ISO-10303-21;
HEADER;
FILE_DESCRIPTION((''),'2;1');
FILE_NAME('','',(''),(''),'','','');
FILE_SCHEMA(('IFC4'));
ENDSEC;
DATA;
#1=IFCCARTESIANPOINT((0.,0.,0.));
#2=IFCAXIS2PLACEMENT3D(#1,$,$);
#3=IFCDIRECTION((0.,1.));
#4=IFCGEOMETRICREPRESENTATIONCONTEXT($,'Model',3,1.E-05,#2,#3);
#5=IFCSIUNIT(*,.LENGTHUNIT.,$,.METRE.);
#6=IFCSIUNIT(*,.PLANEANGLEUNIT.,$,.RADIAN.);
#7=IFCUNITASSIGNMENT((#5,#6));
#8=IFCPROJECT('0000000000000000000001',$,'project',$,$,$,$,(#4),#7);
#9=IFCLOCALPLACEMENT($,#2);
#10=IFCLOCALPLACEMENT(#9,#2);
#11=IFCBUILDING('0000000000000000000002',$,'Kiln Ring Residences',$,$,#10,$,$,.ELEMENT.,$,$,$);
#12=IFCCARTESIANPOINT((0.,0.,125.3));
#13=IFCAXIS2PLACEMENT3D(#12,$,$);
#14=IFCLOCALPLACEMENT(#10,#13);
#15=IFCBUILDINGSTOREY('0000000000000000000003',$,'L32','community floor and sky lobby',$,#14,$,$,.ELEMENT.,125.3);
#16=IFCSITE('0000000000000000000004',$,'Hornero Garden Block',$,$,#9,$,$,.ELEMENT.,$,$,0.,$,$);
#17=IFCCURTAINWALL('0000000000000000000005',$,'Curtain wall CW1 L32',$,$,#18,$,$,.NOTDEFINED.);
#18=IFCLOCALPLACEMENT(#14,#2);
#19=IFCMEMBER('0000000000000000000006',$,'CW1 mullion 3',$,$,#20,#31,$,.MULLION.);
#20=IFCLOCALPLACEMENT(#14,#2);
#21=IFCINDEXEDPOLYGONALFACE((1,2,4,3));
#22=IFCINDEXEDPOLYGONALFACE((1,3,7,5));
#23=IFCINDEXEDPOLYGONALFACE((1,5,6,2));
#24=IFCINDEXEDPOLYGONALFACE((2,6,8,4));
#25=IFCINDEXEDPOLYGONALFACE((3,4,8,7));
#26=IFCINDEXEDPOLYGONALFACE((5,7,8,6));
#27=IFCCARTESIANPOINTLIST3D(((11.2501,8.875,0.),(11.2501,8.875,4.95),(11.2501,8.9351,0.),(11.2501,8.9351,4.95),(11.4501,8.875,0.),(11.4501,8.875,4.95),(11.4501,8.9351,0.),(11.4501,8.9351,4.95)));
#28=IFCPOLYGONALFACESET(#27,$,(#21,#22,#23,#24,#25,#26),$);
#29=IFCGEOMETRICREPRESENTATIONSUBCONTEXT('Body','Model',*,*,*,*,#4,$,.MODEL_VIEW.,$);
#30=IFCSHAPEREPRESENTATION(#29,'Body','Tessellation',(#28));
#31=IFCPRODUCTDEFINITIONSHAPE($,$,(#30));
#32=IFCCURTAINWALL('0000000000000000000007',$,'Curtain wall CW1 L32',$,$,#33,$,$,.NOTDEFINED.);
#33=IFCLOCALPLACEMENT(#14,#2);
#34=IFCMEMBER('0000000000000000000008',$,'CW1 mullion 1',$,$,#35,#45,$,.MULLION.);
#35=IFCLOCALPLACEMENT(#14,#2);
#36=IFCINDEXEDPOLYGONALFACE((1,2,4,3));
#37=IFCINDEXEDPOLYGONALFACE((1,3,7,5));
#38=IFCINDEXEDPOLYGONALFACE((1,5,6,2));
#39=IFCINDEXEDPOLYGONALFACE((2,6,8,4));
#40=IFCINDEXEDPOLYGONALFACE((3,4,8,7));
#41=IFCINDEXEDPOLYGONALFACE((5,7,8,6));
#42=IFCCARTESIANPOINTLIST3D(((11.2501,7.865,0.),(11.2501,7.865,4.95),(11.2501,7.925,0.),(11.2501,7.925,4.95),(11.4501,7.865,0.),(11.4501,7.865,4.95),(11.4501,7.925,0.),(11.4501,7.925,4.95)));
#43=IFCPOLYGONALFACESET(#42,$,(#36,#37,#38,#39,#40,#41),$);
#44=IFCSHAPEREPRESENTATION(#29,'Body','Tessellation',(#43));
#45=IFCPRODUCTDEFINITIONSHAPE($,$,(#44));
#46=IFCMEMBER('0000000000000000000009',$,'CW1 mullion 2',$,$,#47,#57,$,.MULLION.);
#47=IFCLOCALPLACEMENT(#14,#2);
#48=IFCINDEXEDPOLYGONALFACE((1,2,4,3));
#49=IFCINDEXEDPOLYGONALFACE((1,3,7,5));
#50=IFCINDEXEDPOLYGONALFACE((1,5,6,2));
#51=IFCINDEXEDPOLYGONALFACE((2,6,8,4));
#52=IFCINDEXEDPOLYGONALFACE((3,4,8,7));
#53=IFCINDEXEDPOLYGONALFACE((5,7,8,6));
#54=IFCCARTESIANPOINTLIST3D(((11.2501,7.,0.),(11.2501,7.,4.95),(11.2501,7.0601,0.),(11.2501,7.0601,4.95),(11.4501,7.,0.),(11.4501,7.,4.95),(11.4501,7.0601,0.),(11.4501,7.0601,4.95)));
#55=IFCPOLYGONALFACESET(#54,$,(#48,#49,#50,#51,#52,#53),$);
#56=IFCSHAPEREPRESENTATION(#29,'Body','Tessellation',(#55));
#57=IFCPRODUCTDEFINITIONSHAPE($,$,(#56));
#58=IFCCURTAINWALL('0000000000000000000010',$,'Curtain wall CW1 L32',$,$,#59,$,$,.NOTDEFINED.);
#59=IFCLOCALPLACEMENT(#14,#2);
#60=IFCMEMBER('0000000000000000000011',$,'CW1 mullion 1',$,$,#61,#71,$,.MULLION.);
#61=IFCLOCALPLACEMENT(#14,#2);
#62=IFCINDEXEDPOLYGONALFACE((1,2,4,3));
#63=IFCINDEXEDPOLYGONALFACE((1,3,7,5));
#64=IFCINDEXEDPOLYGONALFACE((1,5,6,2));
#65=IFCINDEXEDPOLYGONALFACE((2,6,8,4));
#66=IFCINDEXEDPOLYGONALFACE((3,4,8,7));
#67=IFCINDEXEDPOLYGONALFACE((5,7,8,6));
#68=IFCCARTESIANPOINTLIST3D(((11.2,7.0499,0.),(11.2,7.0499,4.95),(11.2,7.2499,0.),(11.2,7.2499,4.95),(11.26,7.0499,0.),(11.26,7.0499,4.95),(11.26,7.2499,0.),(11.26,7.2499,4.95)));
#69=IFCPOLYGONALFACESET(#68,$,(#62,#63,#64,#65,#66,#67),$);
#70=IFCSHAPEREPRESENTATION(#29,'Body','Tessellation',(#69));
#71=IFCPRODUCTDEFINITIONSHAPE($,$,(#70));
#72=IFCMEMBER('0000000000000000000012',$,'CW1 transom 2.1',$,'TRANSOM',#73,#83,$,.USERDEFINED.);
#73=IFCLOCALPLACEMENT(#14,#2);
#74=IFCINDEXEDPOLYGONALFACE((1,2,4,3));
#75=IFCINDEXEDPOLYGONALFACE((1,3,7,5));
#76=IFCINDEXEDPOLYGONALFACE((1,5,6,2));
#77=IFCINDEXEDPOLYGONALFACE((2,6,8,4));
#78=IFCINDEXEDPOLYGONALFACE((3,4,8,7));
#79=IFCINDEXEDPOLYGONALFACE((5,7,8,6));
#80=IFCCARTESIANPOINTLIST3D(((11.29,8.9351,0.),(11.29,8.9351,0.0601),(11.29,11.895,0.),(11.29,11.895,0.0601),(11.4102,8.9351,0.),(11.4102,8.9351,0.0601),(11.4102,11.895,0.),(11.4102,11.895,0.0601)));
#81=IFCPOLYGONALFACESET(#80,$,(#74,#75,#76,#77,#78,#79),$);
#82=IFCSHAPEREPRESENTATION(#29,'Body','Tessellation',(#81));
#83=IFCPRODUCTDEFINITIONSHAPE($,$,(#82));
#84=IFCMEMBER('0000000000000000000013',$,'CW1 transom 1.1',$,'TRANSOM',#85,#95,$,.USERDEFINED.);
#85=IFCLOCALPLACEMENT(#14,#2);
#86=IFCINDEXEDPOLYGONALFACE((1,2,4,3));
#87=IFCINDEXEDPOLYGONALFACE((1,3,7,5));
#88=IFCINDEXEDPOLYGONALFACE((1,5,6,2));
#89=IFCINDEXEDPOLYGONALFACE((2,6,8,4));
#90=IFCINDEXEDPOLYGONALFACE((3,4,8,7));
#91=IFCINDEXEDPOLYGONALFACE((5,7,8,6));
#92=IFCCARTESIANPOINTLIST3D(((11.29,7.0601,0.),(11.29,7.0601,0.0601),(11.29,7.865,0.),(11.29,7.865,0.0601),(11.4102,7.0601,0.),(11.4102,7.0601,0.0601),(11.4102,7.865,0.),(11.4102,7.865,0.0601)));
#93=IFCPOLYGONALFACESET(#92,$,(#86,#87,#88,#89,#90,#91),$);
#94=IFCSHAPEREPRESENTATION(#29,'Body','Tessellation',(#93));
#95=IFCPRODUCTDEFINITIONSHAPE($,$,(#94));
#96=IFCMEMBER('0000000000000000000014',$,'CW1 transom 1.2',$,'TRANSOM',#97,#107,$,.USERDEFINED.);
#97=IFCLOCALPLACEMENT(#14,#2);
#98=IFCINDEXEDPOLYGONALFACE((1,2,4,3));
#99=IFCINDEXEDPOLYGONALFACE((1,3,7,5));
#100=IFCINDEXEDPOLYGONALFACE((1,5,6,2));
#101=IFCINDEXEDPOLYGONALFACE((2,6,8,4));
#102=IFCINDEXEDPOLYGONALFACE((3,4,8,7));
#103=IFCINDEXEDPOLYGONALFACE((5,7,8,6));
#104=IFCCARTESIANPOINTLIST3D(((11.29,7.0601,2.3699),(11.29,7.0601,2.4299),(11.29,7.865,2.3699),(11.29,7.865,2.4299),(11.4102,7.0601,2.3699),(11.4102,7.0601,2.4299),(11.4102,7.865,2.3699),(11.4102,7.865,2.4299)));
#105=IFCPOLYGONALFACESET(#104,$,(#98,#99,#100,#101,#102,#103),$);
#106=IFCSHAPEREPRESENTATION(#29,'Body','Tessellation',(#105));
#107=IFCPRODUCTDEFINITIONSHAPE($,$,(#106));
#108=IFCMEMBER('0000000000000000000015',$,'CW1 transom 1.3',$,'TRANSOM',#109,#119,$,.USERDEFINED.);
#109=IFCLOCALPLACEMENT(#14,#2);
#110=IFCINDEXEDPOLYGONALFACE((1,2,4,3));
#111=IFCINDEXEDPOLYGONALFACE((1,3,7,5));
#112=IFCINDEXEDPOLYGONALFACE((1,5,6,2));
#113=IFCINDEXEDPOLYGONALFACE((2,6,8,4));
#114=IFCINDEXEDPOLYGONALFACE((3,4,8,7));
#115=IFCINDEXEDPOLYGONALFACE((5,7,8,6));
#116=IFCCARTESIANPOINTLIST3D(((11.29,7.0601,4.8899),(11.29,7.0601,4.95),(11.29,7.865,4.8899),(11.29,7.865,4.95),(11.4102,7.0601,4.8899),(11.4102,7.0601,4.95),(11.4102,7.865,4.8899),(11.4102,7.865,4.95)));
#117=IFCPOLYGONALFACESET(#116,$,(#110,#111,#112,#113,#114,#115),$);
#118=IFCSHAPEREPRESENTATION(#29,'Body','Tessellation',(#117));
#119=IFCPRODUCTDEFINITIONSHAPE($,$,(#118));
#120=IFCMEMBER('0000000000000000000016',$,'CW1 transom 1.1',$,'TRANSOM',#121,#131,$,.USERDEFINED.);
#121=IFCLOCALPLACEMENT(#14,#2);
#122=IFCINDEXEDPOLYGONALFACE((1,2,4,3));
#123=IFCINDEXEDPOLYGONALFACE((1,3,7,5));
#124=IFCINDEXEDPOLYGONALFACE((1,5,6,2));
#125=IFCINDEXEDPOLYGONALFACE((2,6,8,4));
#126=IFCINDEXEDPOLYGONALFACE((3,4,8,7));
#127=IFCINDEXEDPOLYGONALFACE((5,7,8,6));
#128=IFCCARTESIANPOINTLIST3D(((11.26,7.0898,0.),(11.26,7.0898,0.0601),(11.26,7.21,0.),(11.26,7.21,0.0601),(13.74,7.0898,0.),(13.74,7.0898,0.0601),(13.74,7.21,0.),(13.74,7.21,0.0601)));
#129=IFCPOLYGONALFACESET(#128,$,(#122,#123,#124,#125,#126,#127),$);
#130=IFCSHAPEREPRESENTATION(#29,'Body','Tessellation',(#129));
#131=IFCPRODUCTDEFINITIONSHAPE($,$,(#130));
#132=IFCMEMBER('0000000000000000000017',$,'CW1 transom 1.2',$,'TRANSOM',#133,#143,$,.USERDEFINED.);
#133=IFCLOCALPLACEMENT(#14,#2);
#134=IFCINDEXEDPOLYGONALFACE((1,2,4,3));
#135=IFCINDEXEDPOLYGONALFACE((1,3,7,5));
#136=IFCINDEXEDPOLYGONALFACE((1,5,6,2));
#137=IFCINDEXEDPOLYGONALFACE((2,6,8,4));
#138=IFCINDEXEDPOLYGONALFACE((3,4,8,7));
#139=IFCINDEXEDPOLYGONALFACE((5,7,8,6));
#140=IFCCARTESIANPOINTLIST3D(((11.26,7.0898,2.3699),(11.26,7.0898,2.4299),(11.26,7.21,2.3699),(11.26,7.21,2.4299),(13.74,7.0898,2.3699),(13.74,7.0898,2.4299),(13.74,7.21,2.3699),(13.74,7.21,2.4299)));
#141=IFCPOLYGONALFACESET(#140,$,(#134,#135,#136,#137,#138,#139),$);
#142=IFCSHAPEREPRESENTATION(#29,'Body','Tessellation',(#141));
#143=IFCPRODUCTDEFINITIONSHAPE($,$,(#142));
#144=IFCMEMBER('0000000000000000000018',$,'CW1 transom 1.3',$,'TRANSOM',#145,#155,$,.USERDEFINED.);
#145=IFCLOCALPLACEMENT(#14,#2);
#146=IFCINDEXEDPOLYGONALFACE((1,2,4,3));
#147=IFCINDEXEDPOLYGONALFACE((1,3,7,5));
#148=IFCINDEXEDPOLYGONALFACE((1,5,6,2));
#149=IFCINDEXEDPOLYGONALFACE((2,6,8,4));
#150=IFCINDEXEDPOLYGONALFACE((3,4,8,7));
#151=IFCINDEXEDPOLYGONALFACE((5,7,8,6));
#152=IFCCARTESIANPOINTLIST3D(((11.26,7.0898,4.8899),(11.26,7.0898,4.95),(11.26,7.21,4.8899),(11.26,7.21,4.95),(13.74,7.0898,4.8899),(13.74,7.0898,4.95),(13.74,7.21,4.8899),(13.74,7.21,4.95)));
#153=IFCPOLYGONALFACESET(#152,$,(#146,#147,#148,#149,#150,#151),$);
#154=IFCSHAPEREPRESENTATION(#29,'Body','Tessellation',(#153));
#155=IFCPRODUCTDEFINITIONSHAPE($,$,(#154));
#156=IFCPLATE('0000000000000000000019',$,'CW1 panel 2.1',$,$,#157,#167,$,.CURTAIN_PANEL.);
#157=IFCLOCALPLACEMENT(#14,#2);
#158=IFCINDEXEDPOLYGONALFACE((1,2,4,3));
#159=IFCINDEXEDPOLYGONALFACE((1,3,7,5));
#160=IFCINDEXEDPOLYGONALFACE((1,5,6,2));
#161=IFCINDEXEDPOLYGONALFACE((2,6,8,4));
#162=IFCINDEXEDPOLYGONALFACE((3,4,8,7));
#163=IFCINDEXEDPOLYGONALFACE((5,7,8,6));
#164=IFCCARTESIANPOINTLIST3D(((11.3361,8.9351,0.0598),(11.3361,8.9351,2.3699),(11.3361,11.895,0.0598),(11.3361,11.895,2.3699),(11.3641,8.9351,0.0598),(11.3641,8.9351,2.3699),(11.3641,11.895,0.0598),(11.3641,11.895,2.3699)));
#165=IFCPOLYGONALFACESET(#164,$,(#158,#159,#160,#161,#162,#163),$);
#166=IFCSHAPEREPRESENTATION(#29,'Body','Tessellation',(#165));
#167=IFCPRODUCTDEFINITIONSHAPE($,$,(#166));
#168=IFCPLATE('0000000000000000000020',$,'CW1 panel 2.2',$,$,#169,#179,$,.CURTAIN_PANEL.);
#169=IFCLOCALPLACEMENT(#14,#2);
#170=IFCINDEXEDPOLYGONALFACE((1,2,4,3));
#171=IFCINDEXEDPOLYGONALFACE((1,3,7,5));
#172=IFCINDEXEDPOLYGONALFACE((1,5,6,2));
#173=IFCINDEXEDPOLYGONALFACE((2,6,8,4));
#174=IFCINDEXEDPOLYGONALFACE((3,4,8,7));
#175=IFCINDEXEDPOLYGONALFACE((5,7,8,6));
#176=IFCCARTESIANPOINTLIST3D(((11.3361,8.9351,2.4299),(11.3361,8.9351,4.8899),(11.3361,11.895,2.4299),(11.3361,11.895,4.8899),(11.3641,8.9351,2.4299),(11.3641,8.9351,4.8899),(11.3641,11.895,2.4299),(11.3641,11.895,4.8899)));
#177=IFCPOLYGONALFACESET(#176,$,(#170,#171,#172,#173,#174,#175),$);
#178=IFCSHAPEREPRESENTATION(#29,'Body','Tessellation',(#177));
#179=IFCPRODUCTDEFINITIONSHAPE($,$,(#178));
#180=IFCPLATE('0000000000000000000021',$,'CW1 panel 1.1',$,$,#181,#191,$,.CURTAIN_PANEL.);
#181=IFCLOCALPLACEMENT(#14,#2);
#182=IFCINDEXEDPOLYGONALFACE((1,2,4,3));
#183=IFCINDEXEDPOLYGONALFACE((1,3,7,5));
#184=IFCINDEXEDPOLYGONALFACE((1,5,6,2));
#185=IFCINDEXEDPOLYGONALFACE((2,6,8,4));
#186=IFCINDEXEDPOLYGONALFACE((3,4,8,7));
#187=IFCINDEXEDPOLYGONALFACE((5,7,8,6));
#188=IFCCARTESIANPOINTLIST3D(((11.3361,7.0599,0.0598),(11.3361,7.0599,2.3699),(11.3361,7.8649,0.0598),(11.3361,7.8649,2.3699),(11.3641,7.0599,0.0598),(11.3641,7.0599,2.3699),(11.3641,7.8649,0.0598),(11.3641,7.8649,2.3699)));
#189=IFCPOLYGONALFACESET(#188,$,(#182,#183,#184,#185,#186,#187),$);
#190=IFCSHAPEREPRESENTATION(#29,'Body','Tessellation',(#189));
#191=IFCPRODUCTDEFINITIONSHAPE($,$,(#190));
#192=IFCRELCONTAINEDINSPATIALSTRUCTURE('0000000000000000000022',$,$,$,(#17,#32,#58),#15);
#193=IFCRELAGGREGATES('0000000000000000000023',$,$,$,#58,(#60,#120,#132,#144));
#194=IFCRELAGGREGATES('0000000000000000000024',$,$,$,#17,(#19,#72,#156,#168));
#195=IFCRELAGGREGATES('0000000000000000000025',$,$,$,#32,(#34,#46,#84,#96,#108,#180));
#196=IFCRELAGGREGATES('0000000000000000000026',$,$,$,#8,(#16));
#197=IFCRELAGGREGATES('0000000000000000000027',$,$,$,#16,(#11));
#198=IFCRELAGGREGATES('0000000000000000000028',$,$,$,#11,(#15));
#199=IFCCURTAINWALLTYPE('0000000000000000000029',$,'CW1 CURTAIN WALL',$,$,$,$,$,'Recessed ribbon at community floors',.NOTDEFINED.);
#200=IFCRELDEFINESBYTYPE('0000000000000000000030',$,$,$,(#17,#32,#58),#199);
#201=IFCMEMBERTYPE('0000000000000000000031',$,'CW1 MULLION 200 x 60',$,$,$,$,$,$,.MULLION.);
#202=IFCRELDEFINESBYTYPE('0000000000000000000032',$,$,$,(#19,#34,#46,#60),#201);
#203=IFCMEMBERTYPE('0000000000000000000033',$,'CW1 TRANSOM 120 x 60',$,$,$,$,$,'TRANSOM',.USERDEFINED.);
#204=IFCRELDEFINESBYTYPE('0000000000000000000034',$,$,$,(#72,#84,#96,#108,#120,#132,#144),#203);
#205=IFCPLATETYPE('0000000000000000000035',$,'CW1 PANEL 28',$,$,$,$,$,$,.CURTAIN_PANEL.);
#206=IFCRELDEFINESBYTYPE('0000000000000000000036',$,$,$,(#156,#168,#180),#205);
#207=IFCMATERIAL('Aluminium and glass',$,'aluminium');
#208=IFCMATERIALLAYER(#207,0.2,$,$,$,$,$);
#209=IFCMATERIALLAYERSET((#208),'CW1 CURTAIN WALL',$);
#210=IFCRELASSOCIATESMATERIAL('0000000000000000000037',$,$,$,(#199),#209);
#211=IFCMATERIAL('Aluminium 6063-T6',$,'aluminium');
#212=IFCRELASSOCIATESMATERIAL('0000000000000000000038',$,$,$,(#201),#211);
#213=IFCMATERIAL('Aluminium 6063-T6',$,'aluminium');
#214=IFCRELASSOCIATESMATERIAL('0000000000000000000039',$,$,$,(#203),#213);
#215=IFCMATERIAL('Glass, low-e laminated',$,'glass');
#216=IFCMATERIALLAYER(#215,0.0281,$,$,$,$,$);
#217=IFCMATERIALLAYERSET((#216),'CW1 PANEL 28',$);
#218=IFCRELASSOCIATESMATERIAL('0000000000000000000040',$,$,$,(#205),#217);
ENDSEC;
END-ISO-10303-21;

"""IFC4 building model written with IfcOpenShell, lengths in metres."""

from ifc_helpers import new_model, si_unit, direction, frame, origin, origin_2d, place, context, subcontext, project, spatial, rectangle, extrude, material, layer, layer_set, material_profile, profile_set, type_object, element, aggregate, save


model = new_model("IFC4")

# Units and contexts
model_context = context("Model", 3, precision=1e-05, world=origin(), true_north=direction((0.0, 1.0)))
body_context = subcontext(model_context, "Body", "Model", "MODEL_VIEW")
ifc_project = project(units=[si_unit("LENGTHUNIT", "METRE"), si_unit("PLANEANGLEUNIT", "RADIAN")], contexts=[model_context])

# Site, building, storey
site_placement = place(None, origin())
site = spatial("IfcSite", under=ifc_project, at=site_placement, Name="Hornero Garden Block", CompositionType="ELEMENT", RefElevation=0.0)
building_placement = place(site_placement, origin())
building = spatial("IfcBuilding", under=site, at=building_placement, Name="Kiln Ring Residences", CompositionType="ELEMENT")
storey_placement = place(building_placement, frame((0.0, 0.0, 125.3)))
storey = spatial("IfcBuildingStorey", under=building, at=storey_placement, Name="L32", Description="community floor and sky lobby", CompositionType="ELEMENT", Elevation=125.3)

# Curtain wall, member
ifc_material_1 = material(Name="Aluminium and glass", Category="aluminium")
ifc_layer_1 = layer(ifc_material_1, 0.2)
ifc_layer_set_1 = layer_set([ifc_layer_1], Name="CW1 CURTAIN WALL")
curtain_wall_type = type_object("IfcCurtainWallType", Name="CW1 CURTAIN WALL", ElementType="Recessed ribbon at community floors", PredefinedType="NOTDEFINED", material=ifc_layer_set_1)
placement = place(storey_placement, origin())
curtain_wall_1 = element("IfcCurtainWall", 1, at=placement, inside=storey, type_object=curtain_wall_type, Name="Curtain wall CW1 L32", PredefinedType="NOTDEFINED")
ifc_material_2 = material(Name="Aluminium 6063-T6", Category="aluminium")
ifc_material_profile_1 = material_profile(ifc_material_2, rectangle(XDim=0.2, YDim=0.0601, at=origin_2d()), Name="AL 200x60")
ifc_profile_set_1 = profile_set([ifc_material_profile_1], Name="Aluminium 6063-T6")
member_type_1 = type_object("IfcMemberType", Name="CW1 MULLION 200 x 60", PredefinedType="MULLION", material=ifc_profile_set_1)
member_1_placement = place(storey_placement, frame((11.3501, 8.905, 0.0), z_axis=(0.0, 0.0, 1.0), x_axis=(1.0, 0.0, 0.0)))
member_1 = element("IfcMember", 2, at=member_1_placement, type_object=member_type_1, Name="CW1 mullion 3", PredefinedType="MULLION", context=body_context, shape_type="SweptSolid", body=[
    extrude(rectangle(XDim=0.2, YDim=0.0601, at=origin_2d()), origin(), (0.0, 0.0, 1.0), 4.95),
])

# Curtain wall, members
curtain_wall_2 = element("IfcCurtainWall", 3, at=placement, inside=storey, type_object=curtain_wall_type, Name="Curtain wall CW1 L32", PredefinedType="NOTDEFINED")
member_2_placement = place(storey_placement, frame((11.3501, 7.895, 0.0), z_axis=(0.0, 0.0, 1.0), x_axis=(1.0, 0.0, 0.0)))
member_2 = element("IfcMember", 4, at=member_2_placement, type_object=member_type_1, Name="CW1 mullion 1", PredefinedType="MULLION", context=body_context, shape_type="SweptSolid", body=[
    extrude(rectangle(XDim=0.2, YDim=0.0601, at=origin_2d()), origin(), (0.0, 0.0, 1.0), 4.95),
])
member_3_placement = place(storey_placement, frame((11.3501, 7.03, 0.0), z_axis=(0.0, 0.0, 1.0), x_axis=(1.0, 0.0, 0.0)))
member_3 = element("IfcMember", 5, at=member_3_placement, type_object=member_type_1, Name="CW1 mullion 2", PredefinedType="MULLION", context=body_context, shape_type="SweptSolid", body=[
    extrude(rectangle(XDim=0.2, YDim=0.0601, at=origin_2d()), origin(), (0.0, 0.0, 1.0), 4.95),
])

# Curtain wall, member
curtain_wall_3 = element("IfcCurtainWall", 6, at=placement, inside=storey, type_object=curtain_wall_type, Name="Curtain wall CW1 L32", PredefinedType="NOTDEFINED")
member_4_placement = place(storey_placement, frame((11.23, 7.1499, 0.0), z_axis=(0.0, 0.0, 1.0), x_axis=(0.0, 1.0, 0.0)))
member_4 = element("IfcMember", 7, at=member_4_placement, type_object=member_type_1, Name="CW1 mullion 1", PredefinedType="MULLION", context=body_context, shape_type="SweptSolid", body=[
    extrude(rectangle(XDim=0.2, YDim=0.0601, at=origin_2d()), origin(), (0.0, 0.0, 1.0), 4.95),
])

# Members
ifc_material_3 = material(Name="Aluminium 6063-T6", Category="aluminium")
ifc_material_profile_2 = material_profile(ifc_material_3, rectangle(XDim=0.1201, YDim=0.0601, at=origin_2d()), Name="AL 120x60")
ifc_profile_set_2 = profile_set([ifc_material_profile_2], Name="Aluminium 6063-T6")
member_type_2 = type_object("IfcMemberType", Name="CW1 TRANSOM 120 x 60", ElementType="TRANSOM", PredefinedType="USERDEFINED", material=ifc_profile_set_2)
member_5_placement = place(storey_placement, frame((11.3501, 11.895, 0.03), z_axis=(0.0, -1.0, 0.0), x_axis=(1.0, 0.0, 0.0)))
member_5 = element("IfcMember", 8, at=member_5_placement, type_object=member_type_2, Name="CW1 transom 2.1", ObjectType="TRANSOM", PredefinedType="USERDEFINED", context=body_context, shape_type="SweptSolid", body=[
    extrude(rectangle(XDim=0.1201, YDim=0.0601, at=origin_2d()), origin(), (0.0, 0.0, 1.0), 2.96),
])
member_6_placement = place(storey_placement, frame((11.3501, 7.865, 0.03), z_axis=(0.0, -1.0, 0.0), x_axis=(1.0, 0.0, 0.0)))
member_6 = element("IfcMember", 9, at=member_6_placement, type_object=member_type_2, Name="CW1 transom 1.1", ObjectType="TRANSOM", PredefinedType="USERDEFINED", context=body_context, shape_type="SweptSolid", body=[
    extrude(rectangle(XDim=0.1201, YDim=0.0601, at=origin_2d()), origin(), (0.0, 0.0, 1.0), 0.8049),
])
member_7_placement = place(storey_placement, frame((11.3501, 7.865, 2.3999), z_axis=(0.0, -1.0, 0.0), x_axis=(1.0, 0.0, 0.0)))
member_7 = element("IfcMember", 10, at=member_7_placement, type_object=member_type_2, Name="CW1 transom 1.2", ObjectType="TRANSOM", PredefinedType="USERDEFINED", context=body_context, shape_type="SweptSolid", body=[
    extrude(rectangle(XDim=0.1201, YDim=0.0601, at=origin_2d()), origin(), (0.0, 0.0, 1.0), 0.8049),
])
member_8_placement = place(storey_placement, frame((11.3501, 7.865, 4.9199), z_axis=(0.0, -1.0, 0.0), x_axis=(1.0, 0.0, 0.0)))
member_8 = element("IfcMember", 11, at=member_8_placement, type_object=member_type_2, Name="CW1 transom 1.3", ObjectType="TRANSOM", PredefinedType="USERDEFINED", context=body_context, shape_type="SweptSolid", body=[
    extrude(rectangle(XDim=0.1201, YDim=0.0601, at=origin_2d()), origin(), (0.0, 0.0, 1.0), 0.8049),
])
member_9_placement = place(storey_placement, frame((11.26, 7.1499, 0.03), z_axis=(1.0, 0.0, 0.0), x_axis=(0.0, 1.0, 0.0)))
member_9 = element("IfcMember", 12, at=member_9_placement, type_object=member_type_2, Name="CW1 transom 1.1", ObjectType="TRANSOM", PredefinedType="USERDEFINED", context=body_context, shape_type="SweptSolid", body=[
    extrude(rectangle(XDim=0.1201, YDim=0.0601, at=origin_2d()), origin(), (0.0, 0.0, 1.0), 2.48),
])
member_10_placement = place(storey_placement, frame((11.26, 7.1499, 2.3999), z_axis=(1.0, 0.0, 0.0), x_axis=(0.0, 1.0, 0.0)))
member_10 = element("IfcMember", 13, at=member_10_placement, type_object=member_type_2, Name="CW1 transom 1.2", ObjectType="TRANSOM", PredefinedType="USERDEFINED", context=body_context, shape_type="SweptSolid", body=[
    extrude(rectangle(XDim=0.1201, YDim=0.0601, at=origin_2d()), origin(), (0.0, 0.0, 1.0), 2.48),
])
member_11_placement = place(storey_placement, frame((11.26, 7.1499, 4.9199), z_axis=(1.0, 0.0, 0.0), x_axis=(0.0, 1.0, 0.0)))
member_11 = element("IfcMember", 14, at=member_11_placement, type_object=member_type_2, Name="CW1 transom 1.3", ObjectType="TRANSOM", PredefinedType="USERDEFINED", context=body_context, shape_type="SweptSolid", body=[
    extrude(rectangle(XDim=0.1201, YDim=0.0601, at=origin_2d()), origin(), (0.0, 0.0, 1.0), 2.48),
])
aggregate(curtain_wall_3, [member_4, member_9, member_10, member_11])

# Plates
ifc_material_4 = material(Name="Glass, low-e laminated", Category="glass")
ifc_layer_2 = layer(ifc_material_4, 0.0281)
ifc_layer_set_2 = layer_set([ifc_layer_2], Name="CW1 PANEL 28")
plate_type = type_object("IfcPlateType", Name="CW1 PANEL 28", PredefinedType="CURTAIN_PANEL", material=ifc_layer_set_2)
plate_1_placement = place(storey_placement, frame((11.3501, 10.415, 0.0598), z_axis=(0.0, 0.0, 1.0), x_axis=(0.0, -1.0, 0.0)))
plate_1 = element("IfcPlate", 15, at=plate_1_placement, type_object=plate_type, Name="CW1 panel 2.1", PredefinedType="CURTAIN_PANEL", context=body_context, shape_type="SweptSolid", body=[
    extrude(rectangle(XDim=2.96, YDim=0.0281, at=origin_2d()), origin(), (0.0, 0.0, 1.0), 2.3101),
])
plate_2_placement = place(storey_placement, frame((11.3501, 10.415, 2.4299), z_axis=(0.0, 0.0, 1.0), x_axis=(0.0, -1.0, 0.0)))
plate_2 = element("IfcPlate", 16, at=plate_2_placement, type_object=plate_type, Name="CW1 panel 2.2", PredefinedType="CURTAIN_PANEL", context=body_context, shape_type="SweptSolid", body=[
    extrude(rectangle(XDim=2.96, YDim=0.0281, at=origin_2d()), origin(), (0.0, 0.0, 1.0), 2.46),
])
aggregate(curtain_wall_1, [member_1, member_5, plate_1, plate_2])
plate_3_placement = place(storey_placement, frame((11.3501, 7.4624, 0.0598), z_axis=(0.0, 0.0, 1.0), x_axis=(0.0, -1.0, 0.0)))
plate_3 = element("IfcPlate", 17, at=plate_3_placement, type_object=plate_type, Name="CW1 panel 1.1", PredefinedType="CURTAIN_PANEL", context=body_context, shape_type="SweptSolid", body=[
    extrude(rectangle(XDim=0.8049, YDim=0.0281, at=origin_2d()), origin(), (0.0, 0.0, 1.0), 2.3101),
])
aggregate(curtain_wall_2, [member_2, member_3, member_6, member_7, member_8, plate_3])

save(model, "model.ifc")
